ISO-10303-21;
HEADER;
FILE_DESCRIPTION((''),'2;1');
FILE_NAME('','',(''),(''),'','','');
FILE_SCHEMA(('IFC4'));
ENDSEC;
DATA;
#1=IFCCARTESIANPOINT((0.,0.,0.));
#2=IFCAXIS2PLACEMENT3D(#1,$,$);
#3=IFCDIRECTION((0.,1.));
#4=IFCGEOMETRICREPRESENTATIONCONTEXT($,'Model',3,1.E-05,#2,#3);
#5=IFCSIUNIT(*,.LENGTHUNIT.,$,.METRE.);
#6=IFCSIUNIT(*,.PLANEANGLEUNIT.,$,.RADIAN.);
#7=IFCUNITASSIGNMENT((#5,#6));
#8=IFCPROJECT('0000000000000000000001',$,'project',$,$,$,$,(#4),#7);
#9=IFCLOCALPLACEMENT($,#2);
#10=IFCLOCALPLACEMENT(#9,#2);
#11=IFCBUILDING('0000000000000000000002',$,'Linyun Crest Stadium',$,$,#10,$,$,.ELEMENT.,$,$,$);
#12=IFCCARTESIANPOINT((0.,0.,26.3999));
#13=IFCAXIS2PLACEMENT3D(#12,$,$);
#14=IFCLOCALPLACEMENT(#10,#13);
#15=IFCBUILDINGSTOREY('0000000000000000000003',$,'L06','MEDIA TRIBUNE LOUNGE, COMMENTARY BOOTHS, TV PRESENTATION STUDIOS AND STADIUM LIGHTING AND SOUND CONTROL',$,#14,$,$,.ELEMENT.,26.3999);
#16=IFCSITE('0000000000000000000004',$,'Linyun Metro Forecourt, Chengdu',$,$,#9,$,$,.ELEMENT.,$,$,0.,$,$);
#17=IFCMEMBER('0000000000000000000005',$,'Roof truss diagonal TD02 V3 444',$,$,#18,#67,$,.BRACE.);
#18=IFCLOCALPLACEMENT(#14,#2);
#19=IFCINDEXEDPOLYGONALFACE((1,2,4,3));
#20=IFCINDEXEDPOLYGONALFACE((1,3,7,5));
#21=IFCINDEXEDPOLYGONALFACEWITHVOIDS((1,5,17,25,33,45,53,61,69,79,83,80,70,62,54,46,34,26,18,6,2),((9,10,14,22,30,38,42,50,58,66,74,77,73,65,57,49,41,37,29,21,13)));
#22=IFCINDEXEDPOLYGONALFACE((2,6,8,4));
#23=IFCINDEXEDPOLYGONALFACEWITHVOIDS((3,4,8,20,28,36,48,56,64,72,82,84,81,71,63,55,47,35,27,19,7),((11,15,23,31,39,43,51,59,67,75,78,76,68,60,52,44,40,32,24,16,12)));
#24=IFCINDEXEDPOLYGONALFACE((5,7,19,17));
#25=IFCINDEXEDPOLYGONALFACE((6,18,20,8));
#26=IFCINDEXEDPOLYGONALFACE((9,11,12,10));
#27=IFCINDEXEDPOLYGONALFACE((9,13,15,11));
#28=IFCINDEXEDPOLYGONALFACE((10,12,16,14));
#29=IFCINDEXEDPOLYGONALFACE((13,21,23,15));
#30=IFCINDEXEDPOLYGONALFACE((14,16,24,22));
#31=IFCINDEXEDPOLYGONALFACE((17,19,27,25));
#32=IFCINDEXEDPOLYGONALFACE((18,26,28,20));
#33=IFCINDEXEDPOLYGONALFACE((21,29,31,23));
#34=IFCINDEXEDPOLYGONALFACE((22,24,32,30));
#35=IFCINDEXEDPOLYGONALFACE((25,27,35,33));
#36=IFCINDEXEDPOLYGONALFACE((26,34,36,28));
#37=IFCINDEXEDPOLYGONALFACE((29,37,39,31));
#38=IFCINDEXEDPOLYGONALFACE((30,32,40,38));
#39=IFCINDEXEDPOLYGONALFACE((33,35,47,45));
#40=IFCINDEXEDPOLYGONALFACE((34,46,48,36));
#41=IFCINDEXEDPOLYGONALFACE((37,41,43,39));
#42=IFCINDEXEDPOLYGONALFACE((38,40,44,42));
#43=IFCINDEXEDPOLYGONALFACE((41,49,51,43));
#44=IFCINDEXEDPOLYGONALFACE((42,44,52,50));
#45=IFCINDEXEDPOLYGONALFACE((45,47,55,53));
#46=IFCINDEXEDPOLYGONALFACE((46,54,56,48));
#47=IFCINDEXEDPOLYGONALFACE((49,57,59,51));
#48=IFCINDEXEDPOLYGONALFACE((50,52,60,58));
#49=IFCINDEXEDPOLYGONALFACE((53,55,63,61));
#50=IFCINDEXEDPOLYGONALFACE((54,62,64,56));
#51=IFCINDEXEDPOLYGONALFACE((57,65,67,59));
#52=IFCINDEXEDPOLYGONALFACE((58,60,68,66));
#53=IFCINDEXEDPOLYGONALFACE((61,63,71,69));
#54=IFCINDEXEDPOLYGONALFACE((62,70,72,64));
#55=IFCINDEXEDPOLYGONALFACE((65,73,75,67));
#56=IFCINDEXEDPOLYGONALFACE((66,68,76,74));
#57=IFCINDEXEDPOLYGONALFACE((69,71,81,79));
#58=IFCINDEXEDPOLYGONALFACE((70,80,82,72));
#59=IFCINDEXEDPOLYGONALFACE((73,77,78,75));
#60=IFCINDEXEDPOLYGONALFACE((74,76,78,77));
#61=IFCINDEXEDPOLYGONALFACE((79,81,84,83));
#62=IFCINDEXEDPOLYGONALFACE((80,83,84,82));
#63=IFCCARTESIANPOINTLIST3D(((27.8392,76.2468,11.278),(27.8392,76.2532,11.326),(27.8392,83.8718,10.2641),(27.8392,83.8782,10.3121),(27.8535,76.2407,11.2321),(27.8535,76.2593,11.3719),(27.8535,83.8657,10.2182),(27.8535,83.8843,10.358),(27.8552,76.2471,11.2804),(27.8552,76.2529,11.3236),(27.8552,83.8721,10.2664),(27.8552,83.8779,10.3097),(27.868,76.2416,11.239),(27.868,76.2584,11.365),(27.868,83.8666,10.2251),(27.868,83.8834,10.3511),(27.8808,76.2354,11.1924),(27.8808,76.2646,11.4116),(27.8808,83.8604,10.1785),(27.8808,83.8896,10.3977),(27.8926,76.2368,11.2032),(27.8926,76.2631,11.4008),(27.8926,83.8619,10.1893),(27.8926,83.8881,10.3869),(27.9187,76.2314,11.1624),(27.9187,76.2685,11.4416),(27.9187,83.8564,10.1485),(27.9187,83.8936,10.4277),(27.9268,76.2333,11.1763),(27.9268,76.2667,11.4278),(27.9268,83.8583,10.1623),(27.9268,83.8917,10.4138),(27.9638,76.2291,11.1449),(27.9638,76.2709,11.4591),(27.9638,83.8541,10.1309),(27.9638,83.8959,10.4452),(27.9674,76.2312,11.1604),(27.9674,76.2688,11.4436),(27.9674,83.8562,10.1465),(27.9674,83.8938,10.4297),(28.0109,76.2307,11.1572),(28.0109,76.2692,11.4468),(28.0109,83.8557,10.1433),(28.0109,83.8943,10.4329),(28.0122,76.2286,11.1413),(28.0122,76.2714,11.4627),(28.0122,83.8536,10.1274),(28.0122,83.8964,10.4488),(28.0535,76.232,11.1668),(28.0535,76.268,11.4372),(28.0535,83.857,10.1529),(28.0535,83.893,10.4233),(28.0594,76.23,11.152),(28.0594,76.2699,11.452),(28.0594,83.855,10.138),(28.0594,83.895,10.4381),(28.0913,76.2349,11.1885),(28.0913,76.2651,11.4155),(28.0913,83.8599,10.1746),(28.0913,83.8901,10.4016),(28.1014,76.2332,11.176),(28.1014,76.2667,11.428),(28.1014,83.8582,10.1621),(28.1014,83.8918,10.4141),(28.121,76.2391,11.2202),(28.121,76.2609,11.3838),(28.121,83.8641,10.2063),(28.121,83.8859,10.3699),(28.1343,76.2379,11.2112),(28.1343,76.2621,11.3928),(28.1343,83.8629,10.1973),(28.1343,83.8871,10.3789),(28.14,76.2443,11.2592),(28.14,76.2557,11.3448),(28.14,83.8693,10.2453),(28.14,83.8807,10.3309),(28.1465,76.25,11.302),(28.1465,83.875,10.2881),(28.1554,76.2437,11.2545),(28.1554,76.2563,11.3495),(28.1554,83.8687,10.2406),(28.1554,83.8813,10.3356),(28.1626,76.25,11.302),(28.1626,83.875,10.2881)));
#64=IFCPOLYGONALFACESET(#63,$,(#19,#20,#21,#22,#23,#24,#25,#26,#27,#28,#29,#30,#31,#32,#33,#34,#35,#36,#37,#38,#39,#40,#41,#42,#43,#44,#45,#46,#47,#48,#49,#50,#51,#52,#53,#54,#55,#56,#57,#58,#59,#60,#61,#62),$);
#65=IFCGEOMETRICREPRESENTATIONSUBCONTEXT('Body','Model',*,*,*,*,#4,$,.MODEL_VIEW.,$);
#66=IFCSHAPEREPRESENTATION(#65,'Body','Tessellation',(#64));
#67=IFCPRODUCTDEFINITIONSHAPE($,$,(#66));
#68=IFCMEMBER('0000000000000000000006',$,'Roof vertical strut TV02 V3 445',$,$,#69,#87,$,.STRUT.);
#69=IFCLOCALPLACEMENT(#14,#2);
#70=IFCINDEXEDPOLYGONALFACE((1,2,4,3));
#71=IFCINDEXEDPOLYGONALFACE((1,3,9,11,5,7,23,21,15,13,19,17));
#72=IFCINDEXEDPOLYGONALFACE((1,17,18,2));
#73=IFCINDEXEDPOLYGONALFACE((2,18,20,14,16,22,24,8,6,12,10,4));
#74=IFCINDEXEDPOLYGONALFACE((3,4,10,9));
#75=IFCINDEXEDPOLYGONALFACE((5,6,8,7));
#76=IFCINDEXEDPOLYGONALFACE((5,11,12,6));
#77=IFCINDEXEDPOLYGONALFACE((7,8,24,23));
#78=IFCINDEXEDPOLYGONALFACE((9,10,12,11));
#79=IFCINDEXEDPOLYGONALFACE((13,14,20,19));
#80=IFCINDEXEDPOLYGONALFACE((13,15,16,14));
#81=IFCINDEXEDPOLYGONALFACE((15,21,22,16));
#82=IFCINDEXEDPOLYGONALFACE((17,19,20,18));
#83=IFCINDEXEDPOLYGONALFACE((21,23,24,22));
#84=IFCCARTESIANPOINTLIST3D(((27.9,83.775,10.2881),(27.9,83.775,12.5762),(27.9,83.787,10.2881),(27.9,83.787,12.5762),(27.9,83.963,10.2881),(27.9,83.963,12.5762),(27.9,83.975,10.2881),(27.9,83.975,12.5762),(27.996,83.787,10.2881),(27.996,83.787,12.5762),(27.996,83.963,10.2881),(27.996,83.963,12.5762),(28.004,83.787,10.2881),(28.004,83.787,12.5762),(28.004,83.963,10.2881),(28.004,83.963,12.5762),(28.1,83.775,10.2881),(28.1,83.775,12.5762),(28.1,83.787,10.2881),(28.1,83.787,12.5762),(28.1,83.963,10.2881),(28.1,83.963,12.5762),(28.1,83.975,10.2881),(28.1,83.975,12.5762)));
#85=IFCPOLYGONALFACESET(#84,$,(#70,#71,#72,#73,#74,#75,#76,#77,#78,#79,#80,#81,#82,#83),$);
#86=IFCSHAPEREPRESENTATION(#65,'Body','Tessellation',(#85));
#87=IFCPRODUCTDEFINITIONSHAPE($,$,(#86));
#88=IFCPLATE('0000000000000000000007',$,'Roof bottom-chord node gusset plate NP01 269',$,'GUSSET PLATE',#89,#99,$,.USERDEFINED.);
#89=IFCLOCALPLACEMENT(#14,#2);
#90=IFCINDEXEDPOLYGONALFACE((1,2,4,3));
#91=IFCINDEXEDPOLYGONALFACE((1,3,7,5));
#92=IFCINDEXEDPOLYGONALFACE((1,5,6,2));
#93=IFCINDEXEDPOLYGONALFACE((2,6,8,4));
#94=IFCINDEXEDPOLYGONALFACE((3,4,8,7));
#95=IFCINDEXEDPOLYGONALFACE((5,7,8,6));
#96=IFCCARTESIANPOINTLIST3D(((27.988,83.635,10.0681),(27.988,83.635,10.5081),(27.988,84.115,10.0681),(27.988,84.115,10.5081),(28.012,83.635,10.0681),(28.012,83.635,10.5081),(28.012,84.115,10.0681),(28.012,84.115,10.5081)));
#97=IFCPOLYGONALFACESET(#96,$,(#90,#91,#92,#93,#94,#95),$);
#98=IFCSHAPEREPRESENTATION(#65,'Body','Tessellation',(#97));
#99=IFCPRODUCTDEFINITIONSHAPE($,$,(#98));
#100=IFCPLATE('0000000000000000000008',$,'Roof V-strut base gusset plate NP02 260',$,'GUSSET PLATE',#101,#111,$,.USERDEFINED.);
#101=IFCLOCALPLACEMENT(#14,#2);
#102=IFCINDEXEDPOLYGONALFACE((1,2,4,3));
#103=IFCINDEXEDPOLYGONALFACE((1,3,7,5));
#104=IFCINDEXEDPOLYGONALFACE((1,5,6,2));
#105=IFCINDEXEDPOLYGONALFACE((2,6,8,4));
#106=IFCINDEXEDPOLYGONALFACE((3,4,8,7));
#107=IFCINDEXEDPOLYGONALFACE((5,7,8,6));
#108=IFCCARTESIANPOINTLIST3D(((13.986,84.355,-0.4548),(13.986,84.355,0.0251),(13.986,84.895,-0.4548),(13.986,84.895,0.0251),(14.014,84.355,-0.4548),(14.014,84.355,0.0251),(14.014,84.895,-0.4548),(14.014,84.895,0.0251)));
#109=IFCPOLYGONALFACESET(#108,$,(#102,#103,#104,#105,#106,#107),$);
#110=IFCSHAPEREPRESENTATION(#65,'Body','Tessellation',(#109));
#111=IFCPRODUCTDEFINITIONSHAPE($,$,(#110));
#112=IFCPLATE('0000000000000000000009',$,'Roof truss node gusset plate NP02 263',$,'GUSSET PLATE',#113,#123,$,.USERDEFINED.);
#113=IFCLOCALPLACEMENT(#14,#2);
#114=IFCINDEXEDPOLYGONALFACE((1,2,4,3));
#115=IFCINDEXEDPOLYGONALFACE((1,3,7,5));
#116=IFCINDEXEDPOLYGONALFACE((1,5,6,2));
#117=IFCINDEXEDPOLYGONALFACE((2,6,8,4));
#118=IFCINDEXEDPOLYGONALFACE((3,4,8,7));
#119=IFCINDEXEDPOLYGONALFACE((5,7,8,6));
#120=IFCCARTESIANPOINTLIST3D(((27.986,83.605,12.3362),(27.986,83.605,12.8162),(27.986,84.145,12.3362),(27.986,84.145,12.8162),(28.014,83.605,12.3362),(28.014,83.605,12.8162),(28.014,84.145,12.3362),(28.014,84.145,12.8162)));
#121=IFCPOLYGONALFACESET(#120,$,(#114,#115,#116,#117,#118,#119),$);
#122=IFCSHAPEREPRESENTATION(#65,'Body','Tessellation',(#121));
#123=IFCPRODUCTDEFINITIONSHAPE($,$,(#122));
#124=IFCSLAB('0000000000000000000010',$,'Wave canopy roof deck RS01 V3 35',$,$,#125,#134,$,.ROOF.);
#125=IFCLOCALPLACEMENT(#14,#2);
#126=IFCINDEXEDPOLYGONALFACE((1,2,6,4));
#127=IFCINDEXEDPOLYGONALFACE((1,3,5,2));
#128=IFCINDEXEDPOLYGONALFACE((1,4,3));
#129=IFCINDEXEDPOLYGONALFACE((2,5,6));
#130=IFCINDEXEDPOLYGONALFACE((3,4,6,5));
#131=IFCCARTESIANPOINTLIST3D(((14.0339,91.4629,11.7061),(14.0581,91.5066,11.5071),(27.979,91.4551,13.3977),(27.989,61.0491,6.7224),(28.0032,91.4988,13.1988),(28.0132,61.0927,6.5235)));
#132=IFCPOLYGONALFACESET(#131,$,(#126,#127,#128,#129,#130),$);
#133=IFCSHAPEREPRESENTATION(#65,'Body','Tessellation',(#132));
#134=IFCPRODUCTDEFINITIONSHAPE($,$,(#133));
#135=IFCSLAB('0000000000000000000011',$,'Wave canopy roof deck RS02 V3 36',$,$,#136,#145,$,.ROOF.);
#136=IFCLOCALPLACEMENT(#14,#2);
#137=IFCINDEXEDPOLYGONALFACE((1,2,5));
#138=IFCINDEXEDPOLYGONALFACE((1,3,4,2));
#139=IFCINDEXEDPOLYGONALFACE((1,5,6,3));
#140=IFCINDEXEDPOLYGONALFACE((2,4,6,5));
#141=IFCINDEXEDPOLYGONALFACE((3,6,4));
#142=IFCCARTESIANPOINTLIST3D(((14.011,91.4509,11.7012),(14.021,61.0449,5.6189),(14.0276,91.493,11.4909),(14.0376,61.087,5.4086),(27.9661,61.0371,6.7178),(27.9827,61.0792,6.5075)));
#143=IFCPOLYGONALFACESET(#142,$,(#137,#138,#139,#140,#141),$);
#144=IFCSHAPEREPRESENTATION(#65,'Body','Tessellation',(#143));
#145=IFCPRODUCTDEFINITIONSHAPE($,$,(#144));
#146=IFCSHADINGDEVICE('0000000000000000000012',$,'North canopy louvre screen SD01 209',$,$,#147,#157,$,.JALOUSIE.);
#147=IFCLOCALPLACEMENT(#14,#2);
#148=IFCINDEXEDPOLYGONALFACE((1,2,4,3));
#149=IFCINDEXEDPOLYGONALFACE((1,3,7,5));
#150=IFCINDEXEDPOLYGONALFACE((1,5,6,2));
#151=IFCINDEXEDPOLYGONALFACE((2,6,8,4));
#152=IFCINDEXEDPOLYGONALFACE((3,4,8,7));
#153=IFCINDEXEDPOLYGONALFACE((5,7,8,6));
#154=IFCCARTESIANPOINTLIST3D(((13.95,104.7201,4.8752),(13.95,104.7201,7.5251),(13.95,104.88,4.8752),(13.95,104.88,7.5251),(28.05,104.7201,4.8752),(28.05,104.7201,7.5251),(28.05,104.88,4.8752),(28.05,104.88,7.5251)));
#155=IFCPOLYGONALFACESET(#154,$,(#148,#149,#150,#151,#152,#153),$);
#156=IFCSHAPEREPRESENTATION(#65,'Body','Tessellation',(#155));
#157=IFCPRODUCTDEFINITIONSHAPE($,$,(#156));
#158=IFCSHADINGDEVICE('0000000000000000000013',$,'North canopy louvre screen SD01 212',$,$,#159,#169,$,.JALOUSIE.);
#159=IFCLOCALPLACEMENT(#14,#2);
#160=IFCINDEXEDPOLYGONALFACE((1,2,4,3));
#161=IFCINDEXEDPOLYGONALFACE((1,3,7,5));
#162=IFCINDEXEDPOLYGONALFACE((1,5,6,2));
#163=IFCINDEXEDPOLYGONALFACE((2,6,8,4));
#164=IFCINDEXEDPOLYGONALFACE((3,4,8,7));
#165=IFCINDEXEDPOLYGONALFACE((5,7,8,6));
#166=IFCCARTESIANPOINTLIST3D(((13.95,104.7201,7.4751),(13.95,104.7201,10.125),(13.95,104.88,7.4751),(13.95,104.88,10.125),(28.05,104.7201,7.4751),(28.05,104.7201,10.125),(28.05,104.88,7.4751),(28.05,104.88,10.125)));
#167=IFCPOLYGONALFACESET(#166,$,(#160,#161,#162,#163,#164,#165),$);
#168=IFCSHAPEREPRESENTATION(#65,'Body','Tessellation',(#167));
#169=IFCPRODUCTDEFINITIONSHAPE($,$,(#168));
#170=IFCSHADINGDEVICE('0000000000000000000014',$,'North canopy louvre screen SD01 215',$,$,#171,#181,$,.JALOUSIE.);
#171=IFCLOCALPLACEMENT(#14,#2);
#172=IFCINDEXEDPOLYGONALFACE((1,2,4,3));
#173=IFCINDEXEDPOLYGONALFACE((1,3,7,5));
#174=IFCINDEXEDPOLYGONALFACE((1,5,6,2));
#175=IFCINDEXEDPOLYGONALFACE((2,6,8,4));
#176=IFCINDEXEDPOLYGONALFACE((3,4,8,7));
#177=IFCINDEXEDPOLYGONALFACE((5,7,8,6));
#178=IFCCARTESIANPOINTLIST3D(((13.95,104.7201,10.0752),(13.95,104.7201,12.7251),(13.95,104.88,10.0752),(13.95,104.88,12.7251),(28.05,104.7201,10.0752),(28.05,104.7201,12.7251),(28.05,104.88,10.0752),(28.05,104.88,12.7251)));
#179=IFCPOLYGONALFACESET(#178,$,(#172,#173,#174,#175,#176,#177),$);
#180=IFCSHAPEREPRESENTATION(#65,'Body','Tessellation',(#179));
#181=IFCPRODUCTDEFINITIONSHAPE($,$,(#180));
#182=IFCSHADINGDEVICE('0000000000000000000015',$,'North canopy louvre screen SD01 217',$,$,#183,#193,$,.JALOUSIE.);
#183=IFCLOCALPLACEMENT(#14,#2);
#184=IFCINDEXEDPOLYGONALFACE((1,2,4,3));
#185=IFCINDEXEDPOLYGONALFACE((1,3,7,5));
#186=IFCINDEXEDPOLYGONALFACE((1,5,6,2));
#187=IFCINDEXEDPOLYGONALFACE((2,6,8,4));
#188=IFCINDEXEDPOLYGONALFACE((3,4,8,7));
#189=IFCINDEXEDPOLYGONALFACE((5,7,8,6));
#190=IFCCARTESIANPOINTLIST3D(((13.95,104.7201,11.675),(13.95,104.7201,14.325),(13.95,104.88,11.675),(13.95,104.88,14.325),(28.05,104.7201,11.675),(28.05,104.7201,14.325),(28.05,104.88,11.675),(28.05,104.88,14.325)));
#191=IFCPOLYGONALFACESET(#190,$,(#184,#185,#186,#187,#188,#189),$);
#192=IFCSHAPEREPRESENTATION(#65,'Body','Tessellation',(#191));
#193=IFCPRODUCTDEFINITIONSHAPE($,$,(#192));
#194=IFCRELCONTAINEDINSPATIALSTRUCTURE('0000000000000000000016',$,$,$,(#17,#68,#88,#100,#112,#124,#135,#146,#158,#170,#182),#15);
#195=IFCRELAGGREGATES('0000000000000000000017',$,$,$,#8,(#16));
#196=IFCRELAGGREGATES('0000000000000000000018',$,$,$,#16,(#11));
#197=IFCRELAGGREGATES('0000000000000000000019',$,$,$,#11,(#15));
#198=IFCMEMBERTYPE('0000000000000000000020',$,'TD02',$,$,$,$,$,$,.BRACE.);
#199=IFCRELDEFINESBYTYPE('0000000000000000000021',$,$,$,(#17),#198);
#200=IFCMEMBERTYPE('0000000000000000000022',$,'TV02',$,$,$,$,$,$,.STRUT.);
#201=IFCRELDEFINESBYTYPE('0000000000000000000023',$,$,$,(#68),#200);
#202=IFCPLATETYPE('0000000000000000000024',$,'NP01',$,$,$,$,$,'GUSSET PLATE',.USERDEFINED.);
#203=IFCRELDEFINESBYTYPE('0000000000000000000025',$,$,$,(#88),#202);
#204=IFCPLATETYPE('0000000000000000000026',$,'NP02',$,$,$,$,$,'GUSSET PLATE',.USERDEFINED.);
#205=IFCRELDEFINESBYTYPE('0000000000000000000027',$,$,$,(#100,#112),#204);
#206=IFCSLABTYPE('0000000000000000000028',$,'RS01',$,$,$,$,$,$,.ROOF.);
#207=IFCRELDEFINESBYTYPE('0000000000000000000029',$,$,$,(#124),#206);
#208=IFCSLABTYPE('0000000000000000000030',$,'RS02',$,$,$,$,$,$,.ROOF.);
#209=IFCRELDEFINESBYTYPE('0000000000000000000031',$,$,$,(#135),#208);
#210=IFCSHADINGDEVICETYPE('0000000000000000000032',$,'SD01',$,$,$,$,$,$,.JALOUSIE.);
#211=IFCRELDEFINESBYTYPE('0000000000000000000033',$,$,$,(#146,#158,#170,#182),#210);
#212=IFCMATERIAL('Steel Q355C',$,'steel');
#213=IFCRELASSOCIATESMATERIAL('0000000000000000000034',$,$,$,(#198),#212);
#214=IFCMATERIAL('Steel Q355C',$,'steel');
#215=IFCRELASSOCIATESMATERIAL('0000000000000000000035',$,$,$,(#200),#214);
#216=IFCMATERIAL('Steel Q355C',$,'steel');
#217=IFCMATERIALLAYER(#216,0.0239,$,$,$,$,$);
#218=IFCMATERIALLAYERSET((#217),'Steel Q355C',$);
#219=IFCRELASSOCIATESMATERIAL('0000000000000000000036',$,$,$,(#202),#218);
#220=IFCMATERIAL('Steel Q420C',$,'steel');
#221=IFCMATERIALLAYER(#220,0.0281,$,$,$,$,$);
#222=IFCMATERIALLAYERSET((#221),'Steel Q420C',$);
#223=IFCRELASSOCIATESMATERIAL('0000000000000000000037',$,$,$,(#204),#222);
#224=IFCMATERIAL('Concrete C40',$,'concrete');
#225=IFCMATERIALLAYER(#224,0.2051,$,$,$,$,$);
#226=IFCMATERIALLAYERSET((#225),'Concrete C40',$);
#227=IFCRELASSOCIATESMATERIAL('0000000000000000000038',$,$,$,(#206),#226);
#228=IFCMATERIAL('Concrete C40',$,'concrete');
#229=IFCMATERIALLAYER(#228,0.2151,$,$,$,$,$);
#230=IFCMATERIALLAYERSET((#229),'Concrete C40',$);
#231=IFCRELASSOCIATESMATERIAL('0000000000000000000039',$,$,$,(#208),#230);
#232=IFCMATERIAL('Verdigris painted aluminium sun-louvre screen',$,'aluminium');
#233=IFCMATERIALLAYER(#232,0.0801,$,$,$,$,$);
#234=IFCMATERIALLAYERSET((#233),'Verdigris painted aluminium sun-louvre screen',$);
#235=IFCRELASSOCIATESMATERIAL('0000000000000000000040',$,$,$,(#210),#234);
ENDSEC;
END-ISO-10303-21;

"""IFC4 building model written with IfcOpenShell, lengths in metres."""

from ifc_helpers import new_model, si_unit, direction, frame, origin, origin_2d, place, context, subcontext, project, spatial, polyline, rectangle, hollow_circle, i_section, outline, extrude, material, layer, layer_set, material_profile, profile_set, type_object, element, save


model = new_model("IFC4")

# Units and contexts
model_context = context("Model", 3, precision=1e-05, world=origin(), true_north=direction((0.0, 1.0)))
body_context = subcontext(model_context, "Body", "Model", "MODEL_VIEW")
ifc_project = project(units=[si_unit("LENGTHUNIT", "METRE"), si_unit("PLANEANGLEUNIT", "RADIAN")], contexts=[model_context])

# Site, building, storey
site_placement = place(None, origin())
site = spatial("IfcSite", under=ifc_project, at=site_placement, Name="Linyun Metro Forecourt, Chengdu", CompositionType="ELEMENT", RefElevation=0.0)
building_placement = place(site_placement, origin())
building = spatial("IfcBuilding", under=site, at=building_placement, Name="Linyun Crest Stadium", CompositionType="ELEMENT")
storey_placement = place(building_placement, frame((0.0, 0.0, 26.3999)))
storey = spatial("IfcBuildingStorey", under=building, at=storey_placement, Name="L06", Description="MEDIA TRIBUNE LOUNGE, COMMENTARY BOOTHS, TV PRESENTATION STUDIOS AND STADIUM LIGHTING AND SOUND CONTROL", CompositionType="ELEMENT", Elevation=26.3999)

# Members
ifc_material_1 = material(Name="Steel Q355C", Category="steel")
ifc_material_profile_1 = material_profile(ifc_material_1, hollow_circle(Radius=0.1626, WallThickness=0.0161, at=origin_2d()), Name="CHS 325x16")
ifc_profile_set_1 = profile_set([ifc_material_profile_1], Name="Steel Q355C")
member_type_1 = type_object("IfcMemberType", Name="TD02", PredefinedType="BRACE", material=ifc_profile_set_1)
member_1_placement = place(storey_placement, frame((28.0, 83.875, 10.2881), z_axis=(0.0, -0.991275, 0.131812), x_axis=(1.0, 0.0, 0.0)))
element("IfcMember", 1, at=member_1_placement, inside=storey, type_object=member_type_1, Name="Roof truss diagonal TD02 V3 444", PredefinedType="BRACE", context=body_context, shape_type="SweptSolid", body=[
    extrude(hollow_circle(Radius=0.1626, WallThickness=0.0161, at=origin_2d()), origin(), (0.0, 0.0, 1.0), 7.6921),
])
ifc_material_2 = material(Name="Steel Q355C", Category="steel")
ifc_material_profile_2 = material_profile(ifc_material_2, i_section(OverallWidth=0.2, OverallDepth=0.2, WebThickness=0.0081, FlangeThickness=0.012, at=origin_2d()), Name="HW 200x200")
ifc_profile_set_2 = profile_set([ifc_material_profile_2], Name="Steel Q355C")
member_type_2 = type_object("IfcMemberType", Name="TV02", PredefinedType="STRUT", material=ifc_profile_set_2)
member_2_placement = place(storey_placement, frame((28.0, 83.875, 10.2881), z_axis=(0.0, 0.0, 1.0), x_axis=(1.0, 0.0, 0.0)))
element("IfcMember", 2, at=member_2_placement, inside=storey, type_object=member_type_2, Name="Roof vertical strut TV02 V3 445", PredefinedType="STRUT", context=body_context, shape_type="SweptSolid", body=[
    extrude(i_section(OverallWidth=0.2, OverallDepth=0.2, WebThickness=0.0081, FlangeThickness=0.012, at=origin_2d()), origin(), (0.0, 0.0, 1.0), 2.2881),
])

# Plates
ifc_material_3 = material(Name="Steel Q355C", Category="steel")
ifc_layer_1 = layer(ifc_material_3, 0.0239)
ifc_layer_set_1 = layer_set([ifc_layer_1], Name="Steel Q355C")
plate_type_1 = type_object("IfcPlateType", Name="NP01", ElementType="GUSSET PLATE", PredefinedType="USERDEFINED", material=ifc_layer_set_1)
plate_placement = place(storey_placement, frame((28.0, 83.875, 10.0681), z_axis=(0.0, 0.0, 1.0), x_axis=(0.0, 1.0, 0.0)))
element("IfcPlate", 3, at=plate_placement, inside=storey, type_object=plate_type_1, Name="Roof bottom-chord node gusset plate NP01 269", ObjectType="GUSSET PLATE", PredefinedType="USERDEFINED", context=body_context, shape_type="SweptSolid", body=[
    extrude(rectangle(XDim=0.48, YDim=0.0239, at=origin_2d()), origin(), (0.0, 0.0, 1.0), 0.4399),
])
ifc_material_4 = material(Name="Steel Q420C", Category="steel")
ifc_layer_2 = layer(ifc_material_4, 0.0281)
ifc_layer_set_2 = layer_set([ifc_layer_2], Name="Steel Q420C")
plate_type_2 = type_object("IfcPlateType", Name="NP02", ElementType="GUSSET PLATE", PredefinedType="USERDEFINED", material=ifc_layer_set_2)
for number, where, z_axis, x_axis, name in (
    (4, (14.0, 84.625, -0.4548), (0.0, 0.0, 1.0), (0.0, 1.0, 0.0), "Roof V-strut base gusset plate NP02 260"),
    (5, (28.0, 83.875, 12.3362), (0.0, 0.0, 1.0), (0.0, 1.0, 0.0), "Roof truss node gusset plate NP02 263"),
):
    element("IfcPlate", number, at=place(storey_placement, frame(where, z_axis=z_axis, x_axis=x_axis)), inside=storey, type_object=plate_type_2, Name=name, ObjectType="GUSSET PLATE", PredefinedType="USERDEFINED", context=body_context, shape_type="SweptSolid", body=[
        extrude(rectangle(XDim=0.54, YDim=0.0281, at=origin_2d()), origin(), (0.0, 0.0, 1.0), 0.48),
    ])

# Slabs
ifc_material_5 = material(Name="Concrete C40", Category="concrete")
ifc_layer_3 = layer(ifc_material_5, 0.2051)
ifc_layer_set_3 = layer_set([ifc_layer_3], Name="Concrete C40")
slab_type_1 = type_object("IfcSlabType", Name="RS01", PredefinedType="ROOF", material=ifc_layer_set_3)
slab_1_placement = place(storey_placement, frame((14.0339, 91.4629, 11.7061), z_axis=(-0.11778, -0.212976, 0.969932), x_axis=(0.992722, -0.000556, 0.120425)))
element("IfcSlab", 6, at=slab_1_placement, inside=storey, type_object=slab_type_1, Name="Wave canopy roof deck RS01 V3 35", PredefinedType="ROOF", context=body_context, shape_type="SweptSolid", body=[
    extrude(outline(polyline([(0.0, 0.0), (14.0473, 0.0), (13.2703, -31.1204), (0.0, 0.0)])), origin(), (0.0, 0.0, -1.0), 0.2051),
])
ifc_material_6 = material(Name="Concrete C40", Category="concrete")
ifc_layer_4 = layer(ifc_material_6, 0.2151)
ifc_layer_set_4 = layer_set([ifc_layer_4], Name="Concrete C40")
slab_type_2 = type_object("IfcSlabType", Name="RS02", PredefinedType="ROOF", material=ifc_layer_set_4)
slab_2_placement = place(storey_placement, frame((14.011, 91.4509, 11.7012), z_axis=(-0.077149, -0.195589, 0.977647), x_axis=(0.412486, -0.898976, -0.1473)))
element("IfcSlab", 7, at=slab_2_placement, inside=storey, type_object=slab_type_2, Name="Wave canopy roof deck RS02 V3 36", PredefinedType="ROOF", context=body_context, shape_type="SweptSolid", body=[
    extrude(outline(polyline([(0.0, 0.0), (33.8316, 0.0), (28.2343, -12.8196), (0.0, 0.0)])), origin(), (0.0, 0.0, -1.0), 0.2151),
])

# Shading devices
ifc_material_7 = material(Name="Verdigris painted aluminium sun-louvre screen", Category="aluminium")
ifc_layer_5 = layer(ifc_material_7, 0.0801)
ifc_layer_set_5 = layer_set([ifc_layer_5], Name="Verdigris painted aluminium sun-louvre screen")
shading_device_type_1 = type_object("IfcShadingDeviceType", Name="SD01", PredefinedType="JALOUSIE", material=ifc_layer_set_5)
for number, where, z_axis, x_axis, name in (
    (8, (21.0, 104.8, 4.8752), (0.0, 0.0, 1.0), (1.0, 0.0, 0.0), "North canopy louvre screen SD01 209"),
    (9, (21.0, 104.8, 7.4751), (0.0, 0.0, 1.0), (1.0, 0.0, 0.0), "North canopy louvre screen SD01 212"),
    (10, (21.0, 104.8, 10.0752), (0.0, 0.0, 1.0), (1.0, 0.0, 0.0), "North canopy louvre screen SD01 215"),
    (11, (21.0, 104.8, 11.675), (0.0, 0.0, 1.0), (1.0, 0.0, 0.0), "North canopy louvre screen SD01 217"),
):
    element("IfcShadingDevice", number, at=place(storey_placement, frame(where, z_axis=z_axis, x_axis=x_axis)), inside=storey, type_object=shading_device_type_1, Name=name, PredefinedType="JALOUSIE", context=body_context, shape_type="SweptSolid", body=[
        extrude(rectangle(XDim=14.1001, YDim=0.1599, at=origin_2d()), origin(), (0.0, 0.0, 1.0), 2.6499),
    ])

save(model, "model.ifc")
